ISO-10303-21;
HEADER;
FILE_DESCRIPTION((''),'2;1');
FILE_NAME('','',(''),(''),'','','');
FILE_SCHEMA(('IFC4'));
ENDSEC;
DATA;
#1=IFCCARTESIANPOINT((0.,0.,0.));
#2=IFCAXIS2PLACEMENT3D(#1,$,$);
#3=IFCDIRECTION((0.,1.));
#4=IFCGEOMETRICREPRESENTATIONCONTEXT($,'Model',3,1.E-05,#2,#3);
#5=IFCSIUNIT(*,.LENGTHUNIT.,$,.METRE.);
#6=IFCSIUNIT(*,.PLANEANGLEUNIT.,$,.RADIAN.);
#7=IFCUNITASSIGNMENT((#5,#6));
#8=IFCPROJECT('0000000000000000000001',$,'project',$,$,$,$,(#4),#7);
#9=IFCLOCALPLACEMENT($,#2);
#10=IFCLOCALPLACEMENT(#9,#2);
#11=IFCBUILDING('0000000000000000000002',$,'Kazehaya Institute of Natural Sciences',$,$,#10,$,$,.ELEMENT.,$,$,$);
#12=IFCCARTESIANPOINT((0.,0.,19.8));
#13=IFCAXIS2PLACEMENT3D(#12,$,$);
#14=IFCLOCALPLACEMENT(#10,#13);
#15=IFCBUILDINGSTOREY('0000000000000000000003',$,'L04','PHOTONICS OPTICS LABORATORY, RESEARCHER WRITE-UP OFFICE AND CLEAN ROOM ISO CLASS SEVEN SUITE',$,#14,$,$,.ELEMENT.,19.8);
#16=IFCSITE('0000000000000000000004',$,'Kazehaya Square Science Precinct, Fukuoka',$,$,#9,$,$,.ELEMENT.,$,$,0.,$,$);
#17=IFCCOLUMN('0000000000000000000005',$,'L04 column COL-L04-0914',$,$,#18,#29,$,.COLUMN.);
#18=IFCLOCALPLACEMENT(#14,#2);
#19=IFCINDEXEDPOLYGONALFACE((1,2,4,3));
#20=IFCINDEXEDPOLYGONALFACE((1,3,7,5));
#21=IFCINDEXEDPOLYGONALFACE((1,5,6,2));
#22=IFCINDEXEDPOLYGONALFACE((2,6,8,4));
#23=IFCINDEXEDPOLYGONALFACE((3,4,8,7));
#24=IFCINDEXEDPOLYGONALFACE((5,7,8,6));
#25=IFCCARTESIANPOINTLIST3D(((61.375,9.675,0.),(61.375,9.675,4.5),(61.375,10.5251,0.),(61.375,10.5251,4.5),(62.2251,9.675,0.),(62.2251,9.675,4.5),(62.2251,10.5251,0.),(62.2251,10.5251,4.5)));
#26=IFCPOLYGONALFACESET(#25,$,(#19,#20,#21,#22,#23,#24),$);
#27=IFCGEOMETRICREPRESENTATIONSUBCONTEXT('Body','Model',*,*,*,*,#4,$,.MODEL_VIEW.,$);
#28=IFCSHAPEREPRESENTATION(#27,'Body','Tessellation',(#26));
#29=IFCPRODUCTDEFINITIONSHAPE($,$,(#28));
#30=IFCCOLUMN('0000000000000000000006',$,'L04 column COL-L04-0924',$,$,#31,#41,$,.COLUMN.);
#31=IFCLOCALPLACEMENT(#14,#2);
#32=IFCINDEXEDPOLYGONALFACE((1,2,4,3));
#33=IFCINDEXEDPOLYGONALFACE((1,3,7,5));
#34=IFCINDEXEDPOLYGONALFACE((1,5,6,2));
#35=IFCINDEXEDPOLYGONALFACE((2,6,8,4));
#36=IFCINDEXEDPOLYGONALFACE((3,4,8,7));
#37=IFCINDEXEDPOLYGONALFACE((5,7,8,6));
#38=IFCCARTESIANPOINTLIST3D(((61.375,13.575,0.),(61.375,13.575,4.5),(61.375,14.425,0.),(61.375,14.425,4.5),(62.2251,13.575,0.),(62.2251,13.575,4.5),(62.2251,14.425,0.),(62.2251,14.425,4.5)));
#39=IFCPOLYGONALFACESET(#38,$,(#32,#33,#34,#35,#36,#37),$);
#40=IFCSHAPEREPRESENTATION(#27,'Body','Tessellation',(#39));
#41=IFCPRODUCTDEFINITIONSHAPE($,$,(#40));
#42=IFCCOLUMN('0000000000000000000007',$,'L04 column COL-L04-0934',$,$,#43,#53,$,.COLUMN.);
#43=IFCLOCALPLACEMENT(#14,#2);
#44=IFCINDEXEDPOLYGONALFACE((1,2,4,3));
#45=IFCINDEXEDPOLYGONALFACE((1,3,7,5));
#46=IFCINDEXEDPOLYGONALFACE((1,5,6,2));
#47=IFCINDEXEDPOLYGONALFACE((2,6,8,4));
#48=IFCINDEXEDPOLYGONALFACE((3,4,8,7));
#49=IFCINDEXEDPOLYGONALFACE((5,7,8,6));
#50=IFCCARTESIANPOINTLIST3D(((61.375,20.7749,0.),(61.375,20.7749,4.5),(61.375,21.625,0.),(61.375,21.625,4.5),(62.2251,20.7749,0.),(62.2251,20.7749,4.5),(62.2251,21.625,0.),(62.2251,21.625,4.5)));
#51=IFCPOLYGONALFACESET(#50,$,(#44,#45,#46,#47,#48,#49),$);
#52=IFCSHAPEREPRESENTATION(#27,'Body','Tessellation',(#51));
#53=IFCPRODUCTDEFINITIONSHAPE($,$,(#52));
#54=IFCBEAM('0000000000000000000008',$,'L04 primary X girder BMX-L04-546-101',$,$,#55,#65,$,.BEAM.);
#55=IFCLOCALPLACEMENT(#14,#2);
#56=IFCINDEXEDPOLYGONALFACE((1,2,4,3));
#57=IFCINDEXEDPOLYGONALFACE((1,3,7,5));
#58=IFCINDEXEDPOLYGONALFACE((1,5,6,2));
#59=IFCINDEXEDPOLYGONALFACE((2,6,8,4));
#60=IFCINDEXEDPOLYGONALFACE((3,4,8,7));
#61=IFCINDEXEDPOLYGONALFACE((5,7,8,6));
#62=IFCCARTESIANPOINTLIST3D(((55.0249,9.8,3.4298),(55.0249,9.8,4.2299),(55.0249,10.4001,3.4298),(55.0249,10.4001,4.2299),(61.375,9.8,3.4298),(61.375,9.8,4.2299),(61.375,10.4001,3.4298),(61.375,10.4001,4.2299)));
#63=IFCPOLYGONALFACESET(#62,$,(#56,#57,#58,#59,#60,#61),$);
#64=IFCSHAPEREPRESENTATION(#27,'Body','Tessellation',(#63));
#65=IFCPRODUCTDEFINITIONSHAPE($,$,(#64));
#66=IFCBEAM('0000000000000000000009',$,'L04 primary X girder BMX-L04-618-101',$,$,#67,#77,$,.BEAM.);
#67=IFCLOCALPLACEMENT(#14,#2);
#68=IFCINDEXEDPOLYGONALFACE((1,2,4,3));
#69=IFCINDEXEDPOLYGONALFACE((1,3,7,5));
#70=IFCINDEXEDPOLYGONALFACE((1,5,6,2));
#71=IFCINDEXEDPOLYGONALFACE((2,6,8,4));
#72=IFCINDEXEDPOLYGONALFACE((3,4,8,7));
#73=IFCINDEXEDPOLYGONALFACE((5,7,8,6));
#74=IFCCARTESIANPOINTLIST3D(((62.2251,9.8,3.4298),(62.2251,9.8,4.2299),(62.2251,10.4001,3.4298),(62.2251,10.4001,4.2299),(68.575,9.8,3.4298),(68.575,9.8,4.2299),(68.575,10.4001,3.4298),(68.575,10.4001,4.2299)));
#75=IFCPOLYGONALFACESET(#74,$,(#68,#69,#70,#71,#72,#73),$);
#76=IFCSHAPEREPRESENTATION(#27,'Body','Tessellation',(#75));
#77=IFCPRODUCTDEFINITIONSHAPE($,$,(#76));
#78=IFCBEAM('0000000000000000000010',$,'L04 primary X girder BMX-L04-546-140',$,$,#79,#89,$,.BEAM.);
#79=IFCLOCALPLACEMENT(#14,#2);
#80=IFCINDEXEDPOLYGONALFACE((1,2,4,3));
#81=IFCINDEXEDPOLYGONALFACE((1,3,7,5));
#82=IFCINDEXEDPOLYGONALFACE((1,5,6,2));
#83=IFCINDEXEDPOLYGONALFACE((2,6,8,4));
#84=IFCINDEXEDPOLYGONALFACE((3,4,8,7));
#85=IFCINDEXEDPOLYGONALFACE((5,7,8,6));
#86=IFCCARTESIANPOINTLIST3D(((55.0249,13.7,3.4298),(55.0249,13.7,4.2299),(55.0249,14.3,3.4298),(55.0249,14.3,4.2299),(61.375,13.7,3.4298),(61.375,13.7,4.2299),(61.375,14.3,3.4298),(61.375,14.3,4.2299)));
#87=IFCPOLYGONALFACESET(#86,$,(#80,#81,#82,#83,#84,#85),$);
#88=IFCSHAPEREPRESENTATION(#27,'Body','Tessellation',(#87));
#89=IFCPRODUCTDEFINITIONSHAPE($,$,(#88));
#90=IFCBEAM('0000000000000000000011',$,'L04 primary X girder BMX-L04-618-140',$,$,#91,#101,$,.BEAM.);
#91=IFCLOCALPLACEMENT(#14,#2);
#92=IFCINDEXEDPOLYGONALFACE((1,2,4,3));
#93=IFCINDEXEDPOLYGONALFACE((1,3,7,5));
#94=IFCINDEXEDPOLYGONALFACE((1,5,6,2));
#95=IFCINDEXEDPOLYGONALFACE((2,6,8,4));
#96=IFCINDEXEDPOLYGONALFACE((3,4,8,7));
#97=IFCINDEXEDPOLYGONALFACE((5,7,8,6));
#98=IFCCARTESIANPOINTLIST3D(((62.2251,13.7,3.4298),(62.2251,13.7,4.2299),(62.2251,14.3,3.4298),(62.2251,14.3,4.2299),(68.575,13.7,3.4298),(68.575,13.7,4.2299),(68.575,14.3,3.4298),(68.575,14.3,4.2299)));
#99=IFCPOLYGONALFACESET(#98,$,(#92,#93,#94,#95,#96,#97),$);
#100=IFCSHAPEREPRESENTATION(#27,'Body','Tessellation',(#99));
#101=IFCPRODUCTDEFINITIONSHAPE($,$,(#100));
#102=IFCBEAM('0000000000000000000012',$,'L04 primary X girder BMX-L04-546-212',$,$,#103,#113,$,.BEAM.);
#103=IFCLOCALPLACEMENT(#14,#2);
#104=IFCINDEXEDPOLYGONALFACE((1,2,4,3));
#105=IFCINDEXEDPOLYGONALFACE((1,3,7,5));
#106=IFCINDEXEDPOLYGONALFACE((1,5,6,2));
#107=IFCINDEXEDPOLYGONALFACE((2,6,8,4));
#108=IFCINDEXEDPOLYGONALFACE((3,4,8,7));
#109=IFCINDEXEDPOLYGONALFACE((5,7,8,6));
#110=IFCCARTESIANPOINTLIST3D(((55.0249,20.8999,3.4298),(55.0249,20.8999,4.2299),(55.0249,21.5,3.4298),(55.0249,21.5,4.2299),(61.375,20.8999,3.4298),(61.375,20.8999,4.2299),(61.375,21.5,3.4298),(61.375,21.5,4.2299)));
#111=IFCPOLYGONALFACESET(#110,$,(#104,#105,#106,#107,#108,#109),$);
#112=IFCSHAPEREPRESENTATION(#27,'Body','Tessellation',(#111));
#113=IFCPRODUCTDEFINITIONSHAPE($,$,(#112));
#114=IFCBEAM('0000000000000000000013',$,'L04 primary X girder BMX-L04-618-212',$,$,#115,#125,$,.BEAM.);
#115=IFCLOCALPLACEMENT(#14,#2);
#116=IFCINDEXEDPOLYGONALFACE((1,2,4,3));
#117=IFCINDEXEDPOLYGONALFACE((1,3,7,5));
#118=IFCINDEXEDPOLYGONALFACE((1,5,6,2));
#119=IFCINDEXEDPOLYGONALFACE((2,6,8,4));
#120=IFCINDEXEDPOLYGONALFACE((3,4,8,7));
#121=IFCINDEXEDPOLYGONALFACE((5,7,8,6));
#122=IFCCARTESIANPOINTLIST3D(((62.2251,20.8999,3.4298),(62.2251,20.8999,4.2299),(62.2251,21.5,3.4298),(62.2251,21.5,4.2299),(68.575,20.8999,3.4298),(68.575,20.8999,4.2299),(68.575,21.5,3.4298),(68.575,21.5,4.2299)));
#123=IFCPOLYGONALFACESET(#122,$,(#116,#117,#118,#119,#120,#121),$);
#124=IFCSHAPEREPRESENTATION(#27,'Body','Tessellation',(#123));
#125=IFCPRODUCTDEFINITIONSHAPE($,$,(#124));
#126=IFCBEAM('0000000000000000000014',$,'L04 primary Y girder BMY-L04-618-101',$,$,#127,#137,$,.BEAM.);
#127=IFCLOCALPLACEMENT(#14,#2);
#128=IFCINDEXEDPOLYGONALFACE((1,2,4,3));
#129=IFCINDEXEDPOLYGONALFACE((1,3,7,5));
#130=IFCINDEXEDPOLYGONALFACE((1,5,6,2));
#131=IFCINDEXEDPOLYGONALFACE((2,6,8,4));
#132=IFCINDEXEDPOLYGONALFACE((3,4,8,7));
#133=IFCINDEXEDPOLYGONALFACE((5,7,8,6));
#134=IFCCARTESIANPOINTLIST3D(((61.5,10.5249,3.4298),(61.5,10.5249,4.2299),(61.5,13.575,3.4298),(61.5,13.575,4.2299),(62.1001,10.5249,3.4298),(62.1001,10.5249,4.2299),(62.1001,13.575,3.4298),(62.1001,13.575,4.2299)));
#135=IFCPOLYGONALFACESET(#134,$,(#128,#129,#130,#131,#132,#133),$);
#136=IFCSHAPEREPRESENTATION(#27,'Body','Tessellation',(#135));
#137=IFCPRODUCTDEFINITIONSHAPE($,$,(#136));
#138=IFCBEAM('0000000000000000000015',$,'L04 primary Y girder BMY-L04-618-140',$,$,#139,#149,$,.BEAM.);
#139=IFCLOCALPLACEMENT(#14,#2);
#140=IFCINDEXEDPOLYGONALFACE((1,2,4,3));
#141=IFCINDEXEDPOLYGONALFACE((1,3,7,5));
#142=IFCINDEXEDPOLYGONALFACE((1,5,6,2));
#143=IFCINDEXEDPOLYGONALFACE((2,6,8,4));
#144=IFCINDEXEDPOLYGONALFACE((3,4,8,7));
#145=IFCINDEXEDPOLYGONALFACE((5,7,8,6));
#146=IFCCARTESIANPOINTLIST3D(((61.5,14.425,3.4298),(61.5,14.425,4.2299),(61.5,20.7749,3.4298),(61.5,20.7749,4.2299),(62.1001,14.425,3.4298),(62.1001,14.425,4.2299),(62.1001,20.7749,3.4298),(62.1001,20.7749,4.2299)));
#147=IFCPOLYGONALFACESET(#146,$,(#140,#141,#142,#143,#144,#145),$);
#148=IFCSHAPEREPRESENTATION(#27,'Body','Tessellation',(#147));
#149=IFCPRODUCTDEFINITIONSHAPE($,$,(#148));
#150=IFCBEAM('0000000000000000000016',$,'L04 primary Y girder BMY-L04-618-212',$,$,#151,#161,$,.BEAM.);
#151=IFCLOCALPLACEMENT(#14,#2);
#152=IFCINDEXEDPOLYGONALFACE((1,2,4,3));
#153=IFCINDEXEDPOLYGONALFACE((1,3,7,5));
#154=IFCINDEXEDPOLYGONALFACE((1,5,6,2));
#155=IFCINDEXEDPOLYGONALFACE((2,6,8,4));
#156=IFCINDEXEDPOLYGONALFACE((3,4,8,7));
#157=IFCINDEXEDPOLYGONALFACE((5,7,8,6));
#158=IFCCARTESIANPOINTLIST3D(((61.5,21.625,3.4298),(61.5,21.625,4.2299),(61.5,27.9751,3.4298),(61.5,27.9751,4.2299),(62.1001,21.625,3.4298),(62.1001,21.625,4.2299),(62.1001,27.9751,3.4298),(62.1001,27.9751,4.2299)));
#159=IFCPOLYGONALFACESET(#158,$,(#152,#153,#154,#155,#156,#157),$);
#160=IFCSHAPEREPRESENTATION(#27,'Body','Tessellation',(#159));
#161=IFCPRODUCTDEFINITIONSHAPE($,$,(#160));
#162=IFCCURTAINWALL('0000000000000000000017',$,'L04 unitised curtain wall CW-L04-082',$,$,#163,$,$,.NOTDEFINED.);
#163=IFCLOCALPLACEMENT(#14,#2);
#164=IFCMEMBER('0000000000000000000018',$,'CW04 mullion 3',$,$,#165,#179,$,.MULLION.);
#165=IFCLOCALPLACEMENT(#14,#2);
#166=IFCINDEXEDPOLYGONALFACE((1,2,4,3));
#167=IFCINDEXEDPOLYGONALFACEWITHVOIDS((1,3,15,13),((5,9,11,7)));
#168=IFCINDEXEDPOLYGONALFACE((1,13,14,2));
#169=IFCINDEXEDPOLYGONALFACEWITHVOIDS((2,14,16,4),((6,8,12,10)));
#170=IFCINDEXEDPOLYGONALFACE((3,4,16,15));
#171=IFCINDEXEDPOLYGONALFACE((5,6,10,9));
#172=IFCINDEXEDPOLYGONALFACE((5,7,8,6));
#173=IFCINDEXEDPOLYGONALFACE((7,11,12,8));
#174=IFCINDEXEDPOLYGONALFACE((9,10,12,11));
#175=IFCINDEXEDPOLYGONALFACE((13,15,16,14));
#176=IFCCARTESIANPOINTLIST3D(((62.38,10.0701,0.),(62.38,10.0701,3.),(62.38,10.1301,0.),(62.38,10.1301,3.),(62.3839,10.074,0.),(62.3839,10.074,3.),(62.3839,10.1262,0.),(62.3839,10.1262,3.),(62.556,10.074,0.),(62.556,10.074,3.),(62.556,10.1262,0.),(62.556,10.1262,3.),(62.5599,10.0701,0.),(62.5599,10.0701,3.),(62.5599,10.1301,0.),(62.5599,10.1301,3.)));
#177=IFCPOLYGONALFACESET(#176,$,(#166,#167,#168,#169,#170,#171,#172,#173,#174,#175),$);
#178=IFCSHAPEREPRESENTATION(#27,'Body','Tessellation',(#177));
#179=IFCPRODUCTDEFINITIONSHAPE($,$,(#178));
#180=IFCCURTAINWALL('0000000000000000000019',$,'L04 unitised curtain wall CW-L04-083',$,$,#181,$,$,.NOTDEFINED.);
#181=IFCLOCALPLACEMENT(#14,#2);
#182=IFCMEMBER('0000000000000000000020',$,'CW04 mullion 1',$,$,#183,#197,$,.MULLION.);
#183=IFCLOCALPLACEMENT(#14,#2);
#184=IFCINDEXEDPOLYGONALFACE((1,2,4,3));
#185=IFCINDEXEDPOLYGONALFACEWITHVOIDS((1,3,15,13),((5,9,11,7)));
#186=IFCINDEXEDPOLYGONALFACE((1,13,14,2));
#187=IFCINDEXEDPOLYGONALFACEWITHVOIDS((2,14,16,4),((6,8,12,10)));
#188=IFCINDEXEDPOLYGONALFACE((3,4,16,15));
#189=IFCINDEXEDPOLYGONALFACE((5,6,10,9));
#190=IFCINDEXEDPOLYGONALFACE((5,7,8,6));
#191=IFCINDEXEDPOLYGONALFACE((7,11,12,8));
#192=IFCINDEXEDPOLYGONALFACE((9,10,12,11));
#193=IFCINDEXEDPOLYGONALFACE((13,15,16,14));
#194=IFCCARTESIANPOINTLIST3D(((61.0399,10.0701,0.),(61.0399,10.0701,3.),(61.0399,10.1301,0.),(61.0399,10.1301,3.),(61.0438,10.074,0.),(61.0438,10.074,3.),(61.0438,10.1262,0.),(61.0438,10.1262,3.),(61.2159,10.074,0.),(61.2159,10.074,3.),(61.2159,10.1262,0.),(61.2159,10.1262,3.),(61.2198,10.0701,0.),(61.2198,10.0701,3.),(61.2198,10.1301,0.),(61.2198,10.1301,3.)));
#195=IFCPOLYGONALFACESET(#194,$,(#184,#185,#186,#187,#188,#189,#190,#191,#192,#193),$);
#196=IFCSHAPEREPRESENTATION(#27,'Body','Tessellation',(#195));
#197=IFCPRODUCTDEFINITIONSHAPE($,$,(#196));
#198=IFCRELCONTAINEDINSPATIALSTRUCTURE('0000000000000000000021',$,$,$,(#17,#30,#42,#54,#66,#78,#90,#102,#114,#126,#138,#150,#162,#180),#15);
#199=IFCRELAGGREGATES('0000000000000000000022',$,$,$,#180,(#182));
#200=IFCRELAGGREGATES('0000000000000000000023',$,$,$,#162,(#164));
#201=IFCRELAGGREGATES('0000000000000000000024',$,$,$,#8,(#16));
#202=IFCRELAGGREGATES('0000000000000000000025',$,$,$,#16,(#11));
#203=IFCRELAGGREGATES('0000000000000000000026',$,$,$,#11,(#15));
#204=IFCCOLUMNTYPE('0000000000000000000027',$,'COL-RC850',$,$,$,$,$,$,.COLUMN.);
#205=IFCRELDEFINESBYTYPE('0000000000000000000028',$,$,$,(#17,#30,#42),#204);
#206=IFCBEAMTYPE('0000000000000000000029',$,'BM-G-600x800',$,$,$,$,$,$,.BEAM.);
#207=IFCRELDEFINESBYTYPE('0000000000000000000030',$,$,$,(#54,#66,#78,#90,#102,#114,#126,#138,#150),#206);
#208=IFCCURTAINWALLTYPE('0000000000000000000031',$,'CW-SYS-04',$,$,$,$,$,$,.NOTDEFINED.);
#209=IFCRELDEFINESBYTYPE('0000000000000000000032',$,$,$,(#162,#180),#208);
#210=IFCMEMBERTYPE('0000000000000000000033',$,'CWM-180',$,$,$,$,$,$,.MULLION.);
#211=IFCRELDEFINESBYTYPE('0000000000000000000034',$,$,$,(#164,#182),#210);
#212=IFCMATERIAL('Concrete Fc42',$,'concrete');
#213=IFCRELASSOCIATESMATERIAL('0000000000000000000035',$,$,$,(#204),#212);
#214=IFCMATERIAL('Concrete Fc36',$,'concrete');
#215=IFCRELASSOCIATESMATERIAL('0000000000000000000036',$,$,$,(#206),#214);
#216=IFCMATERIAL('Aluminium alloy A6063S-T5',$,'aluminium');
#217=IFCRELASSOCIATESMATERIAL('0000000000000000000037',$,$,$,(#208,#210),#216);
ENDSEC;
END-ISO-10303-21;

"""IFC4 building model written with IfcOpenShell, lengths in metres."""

from ifc_helpers import new_model, si_unit, direction, frame, origin, origin_2d, place, context, subcontext, project, spatial, rectangle, hollow_rectangle, extrude, material, material_profile, profile_set, type_object, element, aggregate, save


model = new_model("IFC4")

# Units and contexts
model_context = context("Model", 3, precision=1e-05, world=origin(), true_north=direction((0.0, 1.0)))
body_context = subcontext(model_context, "Body", "Model", "MODEL_VIEW")
ifc_project = project(units=[si_unit("LENGTHUNIT", "METRE"), si_unit("PLANEANGLEUNIT", "RADIAN")], contexts=[model_context])

# Site, building, storey
site_placement = place(None, origin())
site = spatial("IfcSite", under=ifc_project, at=site_placement, Name="Kazehaya Square Science Precinct, Fukuoka", CompositionType="ELEMENT", RefElevation=0.0)
building_placement = place(site_placement, origin())
building = spatial("IfcBuilding", under=site, at=building_placement, Name="Kazehaya Institute of Natural Sciences", CompositionType="ELEMENT")
storey_placement = place(building_placement, frame((0.0, 0.0, 19.8)))
storey = spatial("IfcBuildingStorey", under=building, at=storey_placement, Name="L04", Description="PHOTONICS OPTICS LABORATORY, RESEARCHER WRITE-UP OFFICE AND CLEAN ROOM ISO CLASS SEVEN SUITE", CompositionType="ELEMENT", Elevation=19.8)

# Columns
ifc_material_1 = material(Name="Concrete Fc42", Category="concrete")
ifc_material_profile_1 = material_profile(ifc_material_1, rectangle(XDim=0.8501, YDim=0.8501, at=origin_2d()), Name="RC-850x850")
ifc_profile_set_1 = profile_set([ifc_material_profile_1], Name="Concrete Fc42")
column_type = type_object("IfcColumnType", Name="COL-RC850", PredefinedType="COLUMN", material=ifc_profile_set_1)
for number, where, z_axis, x_axis, name in (
    (1, (61.8, 10.1001, 0.0), (0.0, 0.0, 1.0), (1.0, 0.0, 0.0), "L04 column COL-L04-0914"),
    (2, (61.8, 14.0, 0.0), (0.0, 0.0, 1.0), (1.0, 0.0, 0.0), "L04 column COL-L04-0924"),
    (3, (61.8, 21.2, 0.0), (0.0, 0.0, 1.0), (1.0, 0.0, 0.0), "L04 column COL-L04-0934"),
):
    element("IfcColumn", number, at=place(storey_placement, frame(where, z_axis=z_axis, x_axis=x_axis)), inside=storey, type_object=column_type, Name=name, PredefinedType="COLUMN", context=body_context, shape_type="SweptSolid", body=[
        extrude(rectangle(XDim=0.8501, YDim=0.8501, at=origin_2d()), origin(), (0.0, 0.0, 1.0), 4.5),
    ])

# Beams
ifc_material_2 = material(Name="Concrete Fc36", Category="concrete")
ifc_material_profile_2 = material_profile(ifc_material_2, rectangle(XDim=0.6001, YDim=0.8, at=origin_2d()), Name="RC-600x800")
ifc_profile_set_2 = profile_set([ifc_material_profile_2], Name="Concrete Fc36")
beam_type = type_object("IfcBeamType", Name="BM-G-600x800", PredefinedType="BEAM", material=ifc_profile_set_2)
beam_1_placement = place(storey_placement, frame((55.0249, 10.1001, 3.8298), z_axis=(1.0, 0.0, 0.0), x_axis=(0.0, 1.0, 0.0)))
element("IfcBeam", 4, at=beam_1_placement, inside=storey, type_object=beam_type, Name="L04 primary X girder BMX-L04-546-101", PredefinedType="BEAM", context=body_context, shape_type="SweptSolid", body=[
    extrude(rectangle(XDim=0.6001, YDim=0.8, at=origin_2d()), origin(), (0.0, 0.0, 1.0), 6.3501),
])
beam_2_placement = place(storey_placement, frame((62.2251, 10.1001, 3.8298), z_axis=(1.0, 0.0, 0.0), x_axis=(0.0, 1.0, 0.0)))
element("IfcBeam", 5, at=beam_2_placement, inside=storey, type_object=beam_type, Name="L04 primary X girder BMX-L04-618-101", PredefinedType="BEAM", context=body_context, shape_type="SweptSolid", body=[
    extrude(rectangle(XDim=0.6001, YDim=0.8, at=origin_2d()), origin(), (0.0, 0.0, 1.0), 6.3499),
])
beam_3_placement = place(storey_placement, frame((55.0249, 14.0, 3.8298), z_axis=(1.0, 0.0, 0.0), x_axis=(0.0, 1.0, 0.0)))
element("IfcBeam", 6, at=beam_3_placement, inside=storey, type_object=beam_type, Name="L04 primary X girder BMX-L04-546-140", PredefinedType="BEAM", context=body_context, shape_type="SweptSolid", body=[
    extrude(rectangle(XDim=0.6001, YDim=0.8, at=origin_2d()), origin(), (0.0, 0.0, 1.0), 6.3501),
])
beam_4_placement = place(storey_placement, frame((62.2251, 14.0, 3.8298), z_axis=(1.0, 0.0, 0.0), x_axis=(0.0, 1.0, 0.0)))
element("IfcBeam", 7, at=beam_4_placement, inside=storey, type_object=beam_type, Name="L04 primary X girder BMX-L04-618-140", PredefinedType="BEAM", context=body_context, shape_type="SweptSolid", body=[
    extrude(rectangle(XDim=0.6001, YDim=0.8, at=origin_2d()), origin(), (0.0, 0.0, 1.0), 6.3499),
])
beam_5_placement = place(storey_placement, frame((55.0249, 21.2, 3.8298), z_axis=(1.0, 0.0, 0.0), x_axis=(0.0, 1.0, 0.0)))
element("IfcBeam", 8, at=beam_5_placement, inside=storey, type_object=beam_type, Name="L04 primary X girder BMX-L04-546-212", PredefinedType="BEAM", context=body_context, shape_type="SweptSolid", body=[
    extrude(rectangle(XDim=0.6001, YDim=0.8, at=origin_2d()), origin(), (0.0, 0.0, 1.0), 6.3501),
])
beam_6_placement = place(storey_placement, frame((62.2251, 21.2, 3.8298), z_axis=(1.0, 0.0, 0.0), x_axis=(0.0, 1.0, 0.0)))
element("IfcBeam", 9, at=beam_6_placement, inside=storey, type_object=beam_type, Name="L04 primary X girder BMX-L04-618-212", PredefinedType="BEAM", context=body_context, shape_type="SweptSolid", body=[
    extrude(rectangle(XDim=0.6001, YDim=0.8, at=origin_2d()), origin(), (0.0, 0.0, 1.0), 6.3499),
])
beam_7_placement = place(storey_placement, frame((61.8, 10.5249, 3.8298), z_axis=(0.0, 1.0, 0.0), x_axis=(-1.0, 0.0, 0.0)))
element("IfcBeam", 10, at=beam_7_placement, inside=storey, type_object=beam_type, Name="L04 primary Y girder BMY-L04-618-101", PredefinedType="BEAM", context=body_context, shape_type="SweptSolid", body=[
    extrude(rectangle(XDim=0.6001, YDim=0.8, at=origin_2d()), origin(), (0.0, 0.0, 1.0), 3.05),
])
beam_8_placement = place(storey_placement, frame((61.8, 14.425, 3.8298), z_axis=(0.0, 1.0, 0.0), x_axis=(-1.0, 0.0, 0.0)))
element("IfcBeam", 11, at=beam_8_placement, inside=storey, type_object=beam_type, Name="L04 primary Y girder BMY-L04-618-140", PredefinedType="BEAM", context=body_context, shape_type="SweptSolid", body=[
    extrude(rectangle(XDim=0.6001, YDim=0.8, at=origin_2d()), origin(), (0.0, 0.0, 1.0), 6.3499),
])
beam_9_placement = place(storey_placement, frame((61.8, 21.625, 3.8298), z_axis=(0.0, 1.0, 0.0), x_axis=(-1.0, 0.0, 0.0)))
element("IfcBeam", 12, at=beam_9_placement, inside=storey, type_object=beam_type, Name="L04 primary Y girder BMY-L04-618-212", PredefinedType="BEAM", context=body_context, shape_type="SweptSolid", body=[
    extrude(rectangle(XDim=0.6001, YDim=0.8, at=origin_2d()), origin(), (0.0, 0.0, 1.0), 6.3501),
])

# Curtain wall, member
ifc_material_3 = material(Name="Aluminium alloy A6063S-T5", Category="aluminium")
curtain_wall_type = type_object("IfcCurtainWallType", Name="CW-SYS-04", PredefinedType="NOTDEFINED", material=ifc_material_3)
curtain_wall_1_placement = place(storey_placement, origin())
curtain_wall_1 = element("IfcCurtainWall", 13, at=curtain_wall_1_placement, inside=storey, type_object=curtain_wall_type, Name="L04 unitised curtain wall CW-L04-082", PredefinedType="NOTDEFINED")
ifc_material_profile_3 = material_profile(ifc_material_3, hollow_rectangle(XDim=0.0601, YDim=0.1799, WallThickness=0.0039, at=origin_2d()), Name="ALU-60x180x4")
ifc_profile_set_3 = profile_set([ifc_material_profile_3], Name="Aluminium alloy A6063S-T5")
member_type_1 = type_object("IfcMemberType", Name="CWM-180", PredefinedType="MULLION", material=ifc_profile_set_3)
member_1_placement = place(storey_placement, frame((62.47, 10.1001, 0.0), z_axis=(0.0, 0.0, 1.0), x_axis=(0.0, -1.0, 0.0)))
member_1 = element("IfcMember", 14, at=member_1_placement, type_object=member_type_1, Name="CW04 mullion 3", PredefinedType="MULLION", context=body_context, shape_type="SweptSolid", body=[
    extrude(hollow_rectangle(XDim=0.0601, YDim=0.1799, WallThickness=0.0039, at=origin_2d()), origin(), (0.0, 0.0, 1.0), 3.0),
])

# Curtain wall, member
curtain_wall_2_placement = place(storey_placement, origin())
curtain_wall_2 = element("IfcCurtainWall", 15, at=curtain_wall_2_placement, inside=storey, type_object=curtain_wall_type, Name="L04 unitised curtain wall CW-L04-083", PredefinedType="NOTDEFINED")
member_2_placement = place(storey_placement, frame((61.1299, 10.1001, 0.0), z_axis=(0.0, 0.0, 1.0), x_axis=(0.0, -1.0, 0.0)))
member_2 = element("IfcMember", 16, at=member_2_placement, type_object=member_type_1, Name="CW04 mullion 1", PredefinedType="MULLION", context=body_context, shape_type="SweptSolid", body=[
    extrude(hollow_rectangle(XDim=0.0601, YDim=0.1799, WallThickness=0.0039, at=origin_2d()), origin(), (0.0, 0.0, 1.0), 3.0),
])
aggregate(curtain_wall_2, [member_2])

aggregate(curtain_wall_1, [member_1])

save(model, "model.ifc")
